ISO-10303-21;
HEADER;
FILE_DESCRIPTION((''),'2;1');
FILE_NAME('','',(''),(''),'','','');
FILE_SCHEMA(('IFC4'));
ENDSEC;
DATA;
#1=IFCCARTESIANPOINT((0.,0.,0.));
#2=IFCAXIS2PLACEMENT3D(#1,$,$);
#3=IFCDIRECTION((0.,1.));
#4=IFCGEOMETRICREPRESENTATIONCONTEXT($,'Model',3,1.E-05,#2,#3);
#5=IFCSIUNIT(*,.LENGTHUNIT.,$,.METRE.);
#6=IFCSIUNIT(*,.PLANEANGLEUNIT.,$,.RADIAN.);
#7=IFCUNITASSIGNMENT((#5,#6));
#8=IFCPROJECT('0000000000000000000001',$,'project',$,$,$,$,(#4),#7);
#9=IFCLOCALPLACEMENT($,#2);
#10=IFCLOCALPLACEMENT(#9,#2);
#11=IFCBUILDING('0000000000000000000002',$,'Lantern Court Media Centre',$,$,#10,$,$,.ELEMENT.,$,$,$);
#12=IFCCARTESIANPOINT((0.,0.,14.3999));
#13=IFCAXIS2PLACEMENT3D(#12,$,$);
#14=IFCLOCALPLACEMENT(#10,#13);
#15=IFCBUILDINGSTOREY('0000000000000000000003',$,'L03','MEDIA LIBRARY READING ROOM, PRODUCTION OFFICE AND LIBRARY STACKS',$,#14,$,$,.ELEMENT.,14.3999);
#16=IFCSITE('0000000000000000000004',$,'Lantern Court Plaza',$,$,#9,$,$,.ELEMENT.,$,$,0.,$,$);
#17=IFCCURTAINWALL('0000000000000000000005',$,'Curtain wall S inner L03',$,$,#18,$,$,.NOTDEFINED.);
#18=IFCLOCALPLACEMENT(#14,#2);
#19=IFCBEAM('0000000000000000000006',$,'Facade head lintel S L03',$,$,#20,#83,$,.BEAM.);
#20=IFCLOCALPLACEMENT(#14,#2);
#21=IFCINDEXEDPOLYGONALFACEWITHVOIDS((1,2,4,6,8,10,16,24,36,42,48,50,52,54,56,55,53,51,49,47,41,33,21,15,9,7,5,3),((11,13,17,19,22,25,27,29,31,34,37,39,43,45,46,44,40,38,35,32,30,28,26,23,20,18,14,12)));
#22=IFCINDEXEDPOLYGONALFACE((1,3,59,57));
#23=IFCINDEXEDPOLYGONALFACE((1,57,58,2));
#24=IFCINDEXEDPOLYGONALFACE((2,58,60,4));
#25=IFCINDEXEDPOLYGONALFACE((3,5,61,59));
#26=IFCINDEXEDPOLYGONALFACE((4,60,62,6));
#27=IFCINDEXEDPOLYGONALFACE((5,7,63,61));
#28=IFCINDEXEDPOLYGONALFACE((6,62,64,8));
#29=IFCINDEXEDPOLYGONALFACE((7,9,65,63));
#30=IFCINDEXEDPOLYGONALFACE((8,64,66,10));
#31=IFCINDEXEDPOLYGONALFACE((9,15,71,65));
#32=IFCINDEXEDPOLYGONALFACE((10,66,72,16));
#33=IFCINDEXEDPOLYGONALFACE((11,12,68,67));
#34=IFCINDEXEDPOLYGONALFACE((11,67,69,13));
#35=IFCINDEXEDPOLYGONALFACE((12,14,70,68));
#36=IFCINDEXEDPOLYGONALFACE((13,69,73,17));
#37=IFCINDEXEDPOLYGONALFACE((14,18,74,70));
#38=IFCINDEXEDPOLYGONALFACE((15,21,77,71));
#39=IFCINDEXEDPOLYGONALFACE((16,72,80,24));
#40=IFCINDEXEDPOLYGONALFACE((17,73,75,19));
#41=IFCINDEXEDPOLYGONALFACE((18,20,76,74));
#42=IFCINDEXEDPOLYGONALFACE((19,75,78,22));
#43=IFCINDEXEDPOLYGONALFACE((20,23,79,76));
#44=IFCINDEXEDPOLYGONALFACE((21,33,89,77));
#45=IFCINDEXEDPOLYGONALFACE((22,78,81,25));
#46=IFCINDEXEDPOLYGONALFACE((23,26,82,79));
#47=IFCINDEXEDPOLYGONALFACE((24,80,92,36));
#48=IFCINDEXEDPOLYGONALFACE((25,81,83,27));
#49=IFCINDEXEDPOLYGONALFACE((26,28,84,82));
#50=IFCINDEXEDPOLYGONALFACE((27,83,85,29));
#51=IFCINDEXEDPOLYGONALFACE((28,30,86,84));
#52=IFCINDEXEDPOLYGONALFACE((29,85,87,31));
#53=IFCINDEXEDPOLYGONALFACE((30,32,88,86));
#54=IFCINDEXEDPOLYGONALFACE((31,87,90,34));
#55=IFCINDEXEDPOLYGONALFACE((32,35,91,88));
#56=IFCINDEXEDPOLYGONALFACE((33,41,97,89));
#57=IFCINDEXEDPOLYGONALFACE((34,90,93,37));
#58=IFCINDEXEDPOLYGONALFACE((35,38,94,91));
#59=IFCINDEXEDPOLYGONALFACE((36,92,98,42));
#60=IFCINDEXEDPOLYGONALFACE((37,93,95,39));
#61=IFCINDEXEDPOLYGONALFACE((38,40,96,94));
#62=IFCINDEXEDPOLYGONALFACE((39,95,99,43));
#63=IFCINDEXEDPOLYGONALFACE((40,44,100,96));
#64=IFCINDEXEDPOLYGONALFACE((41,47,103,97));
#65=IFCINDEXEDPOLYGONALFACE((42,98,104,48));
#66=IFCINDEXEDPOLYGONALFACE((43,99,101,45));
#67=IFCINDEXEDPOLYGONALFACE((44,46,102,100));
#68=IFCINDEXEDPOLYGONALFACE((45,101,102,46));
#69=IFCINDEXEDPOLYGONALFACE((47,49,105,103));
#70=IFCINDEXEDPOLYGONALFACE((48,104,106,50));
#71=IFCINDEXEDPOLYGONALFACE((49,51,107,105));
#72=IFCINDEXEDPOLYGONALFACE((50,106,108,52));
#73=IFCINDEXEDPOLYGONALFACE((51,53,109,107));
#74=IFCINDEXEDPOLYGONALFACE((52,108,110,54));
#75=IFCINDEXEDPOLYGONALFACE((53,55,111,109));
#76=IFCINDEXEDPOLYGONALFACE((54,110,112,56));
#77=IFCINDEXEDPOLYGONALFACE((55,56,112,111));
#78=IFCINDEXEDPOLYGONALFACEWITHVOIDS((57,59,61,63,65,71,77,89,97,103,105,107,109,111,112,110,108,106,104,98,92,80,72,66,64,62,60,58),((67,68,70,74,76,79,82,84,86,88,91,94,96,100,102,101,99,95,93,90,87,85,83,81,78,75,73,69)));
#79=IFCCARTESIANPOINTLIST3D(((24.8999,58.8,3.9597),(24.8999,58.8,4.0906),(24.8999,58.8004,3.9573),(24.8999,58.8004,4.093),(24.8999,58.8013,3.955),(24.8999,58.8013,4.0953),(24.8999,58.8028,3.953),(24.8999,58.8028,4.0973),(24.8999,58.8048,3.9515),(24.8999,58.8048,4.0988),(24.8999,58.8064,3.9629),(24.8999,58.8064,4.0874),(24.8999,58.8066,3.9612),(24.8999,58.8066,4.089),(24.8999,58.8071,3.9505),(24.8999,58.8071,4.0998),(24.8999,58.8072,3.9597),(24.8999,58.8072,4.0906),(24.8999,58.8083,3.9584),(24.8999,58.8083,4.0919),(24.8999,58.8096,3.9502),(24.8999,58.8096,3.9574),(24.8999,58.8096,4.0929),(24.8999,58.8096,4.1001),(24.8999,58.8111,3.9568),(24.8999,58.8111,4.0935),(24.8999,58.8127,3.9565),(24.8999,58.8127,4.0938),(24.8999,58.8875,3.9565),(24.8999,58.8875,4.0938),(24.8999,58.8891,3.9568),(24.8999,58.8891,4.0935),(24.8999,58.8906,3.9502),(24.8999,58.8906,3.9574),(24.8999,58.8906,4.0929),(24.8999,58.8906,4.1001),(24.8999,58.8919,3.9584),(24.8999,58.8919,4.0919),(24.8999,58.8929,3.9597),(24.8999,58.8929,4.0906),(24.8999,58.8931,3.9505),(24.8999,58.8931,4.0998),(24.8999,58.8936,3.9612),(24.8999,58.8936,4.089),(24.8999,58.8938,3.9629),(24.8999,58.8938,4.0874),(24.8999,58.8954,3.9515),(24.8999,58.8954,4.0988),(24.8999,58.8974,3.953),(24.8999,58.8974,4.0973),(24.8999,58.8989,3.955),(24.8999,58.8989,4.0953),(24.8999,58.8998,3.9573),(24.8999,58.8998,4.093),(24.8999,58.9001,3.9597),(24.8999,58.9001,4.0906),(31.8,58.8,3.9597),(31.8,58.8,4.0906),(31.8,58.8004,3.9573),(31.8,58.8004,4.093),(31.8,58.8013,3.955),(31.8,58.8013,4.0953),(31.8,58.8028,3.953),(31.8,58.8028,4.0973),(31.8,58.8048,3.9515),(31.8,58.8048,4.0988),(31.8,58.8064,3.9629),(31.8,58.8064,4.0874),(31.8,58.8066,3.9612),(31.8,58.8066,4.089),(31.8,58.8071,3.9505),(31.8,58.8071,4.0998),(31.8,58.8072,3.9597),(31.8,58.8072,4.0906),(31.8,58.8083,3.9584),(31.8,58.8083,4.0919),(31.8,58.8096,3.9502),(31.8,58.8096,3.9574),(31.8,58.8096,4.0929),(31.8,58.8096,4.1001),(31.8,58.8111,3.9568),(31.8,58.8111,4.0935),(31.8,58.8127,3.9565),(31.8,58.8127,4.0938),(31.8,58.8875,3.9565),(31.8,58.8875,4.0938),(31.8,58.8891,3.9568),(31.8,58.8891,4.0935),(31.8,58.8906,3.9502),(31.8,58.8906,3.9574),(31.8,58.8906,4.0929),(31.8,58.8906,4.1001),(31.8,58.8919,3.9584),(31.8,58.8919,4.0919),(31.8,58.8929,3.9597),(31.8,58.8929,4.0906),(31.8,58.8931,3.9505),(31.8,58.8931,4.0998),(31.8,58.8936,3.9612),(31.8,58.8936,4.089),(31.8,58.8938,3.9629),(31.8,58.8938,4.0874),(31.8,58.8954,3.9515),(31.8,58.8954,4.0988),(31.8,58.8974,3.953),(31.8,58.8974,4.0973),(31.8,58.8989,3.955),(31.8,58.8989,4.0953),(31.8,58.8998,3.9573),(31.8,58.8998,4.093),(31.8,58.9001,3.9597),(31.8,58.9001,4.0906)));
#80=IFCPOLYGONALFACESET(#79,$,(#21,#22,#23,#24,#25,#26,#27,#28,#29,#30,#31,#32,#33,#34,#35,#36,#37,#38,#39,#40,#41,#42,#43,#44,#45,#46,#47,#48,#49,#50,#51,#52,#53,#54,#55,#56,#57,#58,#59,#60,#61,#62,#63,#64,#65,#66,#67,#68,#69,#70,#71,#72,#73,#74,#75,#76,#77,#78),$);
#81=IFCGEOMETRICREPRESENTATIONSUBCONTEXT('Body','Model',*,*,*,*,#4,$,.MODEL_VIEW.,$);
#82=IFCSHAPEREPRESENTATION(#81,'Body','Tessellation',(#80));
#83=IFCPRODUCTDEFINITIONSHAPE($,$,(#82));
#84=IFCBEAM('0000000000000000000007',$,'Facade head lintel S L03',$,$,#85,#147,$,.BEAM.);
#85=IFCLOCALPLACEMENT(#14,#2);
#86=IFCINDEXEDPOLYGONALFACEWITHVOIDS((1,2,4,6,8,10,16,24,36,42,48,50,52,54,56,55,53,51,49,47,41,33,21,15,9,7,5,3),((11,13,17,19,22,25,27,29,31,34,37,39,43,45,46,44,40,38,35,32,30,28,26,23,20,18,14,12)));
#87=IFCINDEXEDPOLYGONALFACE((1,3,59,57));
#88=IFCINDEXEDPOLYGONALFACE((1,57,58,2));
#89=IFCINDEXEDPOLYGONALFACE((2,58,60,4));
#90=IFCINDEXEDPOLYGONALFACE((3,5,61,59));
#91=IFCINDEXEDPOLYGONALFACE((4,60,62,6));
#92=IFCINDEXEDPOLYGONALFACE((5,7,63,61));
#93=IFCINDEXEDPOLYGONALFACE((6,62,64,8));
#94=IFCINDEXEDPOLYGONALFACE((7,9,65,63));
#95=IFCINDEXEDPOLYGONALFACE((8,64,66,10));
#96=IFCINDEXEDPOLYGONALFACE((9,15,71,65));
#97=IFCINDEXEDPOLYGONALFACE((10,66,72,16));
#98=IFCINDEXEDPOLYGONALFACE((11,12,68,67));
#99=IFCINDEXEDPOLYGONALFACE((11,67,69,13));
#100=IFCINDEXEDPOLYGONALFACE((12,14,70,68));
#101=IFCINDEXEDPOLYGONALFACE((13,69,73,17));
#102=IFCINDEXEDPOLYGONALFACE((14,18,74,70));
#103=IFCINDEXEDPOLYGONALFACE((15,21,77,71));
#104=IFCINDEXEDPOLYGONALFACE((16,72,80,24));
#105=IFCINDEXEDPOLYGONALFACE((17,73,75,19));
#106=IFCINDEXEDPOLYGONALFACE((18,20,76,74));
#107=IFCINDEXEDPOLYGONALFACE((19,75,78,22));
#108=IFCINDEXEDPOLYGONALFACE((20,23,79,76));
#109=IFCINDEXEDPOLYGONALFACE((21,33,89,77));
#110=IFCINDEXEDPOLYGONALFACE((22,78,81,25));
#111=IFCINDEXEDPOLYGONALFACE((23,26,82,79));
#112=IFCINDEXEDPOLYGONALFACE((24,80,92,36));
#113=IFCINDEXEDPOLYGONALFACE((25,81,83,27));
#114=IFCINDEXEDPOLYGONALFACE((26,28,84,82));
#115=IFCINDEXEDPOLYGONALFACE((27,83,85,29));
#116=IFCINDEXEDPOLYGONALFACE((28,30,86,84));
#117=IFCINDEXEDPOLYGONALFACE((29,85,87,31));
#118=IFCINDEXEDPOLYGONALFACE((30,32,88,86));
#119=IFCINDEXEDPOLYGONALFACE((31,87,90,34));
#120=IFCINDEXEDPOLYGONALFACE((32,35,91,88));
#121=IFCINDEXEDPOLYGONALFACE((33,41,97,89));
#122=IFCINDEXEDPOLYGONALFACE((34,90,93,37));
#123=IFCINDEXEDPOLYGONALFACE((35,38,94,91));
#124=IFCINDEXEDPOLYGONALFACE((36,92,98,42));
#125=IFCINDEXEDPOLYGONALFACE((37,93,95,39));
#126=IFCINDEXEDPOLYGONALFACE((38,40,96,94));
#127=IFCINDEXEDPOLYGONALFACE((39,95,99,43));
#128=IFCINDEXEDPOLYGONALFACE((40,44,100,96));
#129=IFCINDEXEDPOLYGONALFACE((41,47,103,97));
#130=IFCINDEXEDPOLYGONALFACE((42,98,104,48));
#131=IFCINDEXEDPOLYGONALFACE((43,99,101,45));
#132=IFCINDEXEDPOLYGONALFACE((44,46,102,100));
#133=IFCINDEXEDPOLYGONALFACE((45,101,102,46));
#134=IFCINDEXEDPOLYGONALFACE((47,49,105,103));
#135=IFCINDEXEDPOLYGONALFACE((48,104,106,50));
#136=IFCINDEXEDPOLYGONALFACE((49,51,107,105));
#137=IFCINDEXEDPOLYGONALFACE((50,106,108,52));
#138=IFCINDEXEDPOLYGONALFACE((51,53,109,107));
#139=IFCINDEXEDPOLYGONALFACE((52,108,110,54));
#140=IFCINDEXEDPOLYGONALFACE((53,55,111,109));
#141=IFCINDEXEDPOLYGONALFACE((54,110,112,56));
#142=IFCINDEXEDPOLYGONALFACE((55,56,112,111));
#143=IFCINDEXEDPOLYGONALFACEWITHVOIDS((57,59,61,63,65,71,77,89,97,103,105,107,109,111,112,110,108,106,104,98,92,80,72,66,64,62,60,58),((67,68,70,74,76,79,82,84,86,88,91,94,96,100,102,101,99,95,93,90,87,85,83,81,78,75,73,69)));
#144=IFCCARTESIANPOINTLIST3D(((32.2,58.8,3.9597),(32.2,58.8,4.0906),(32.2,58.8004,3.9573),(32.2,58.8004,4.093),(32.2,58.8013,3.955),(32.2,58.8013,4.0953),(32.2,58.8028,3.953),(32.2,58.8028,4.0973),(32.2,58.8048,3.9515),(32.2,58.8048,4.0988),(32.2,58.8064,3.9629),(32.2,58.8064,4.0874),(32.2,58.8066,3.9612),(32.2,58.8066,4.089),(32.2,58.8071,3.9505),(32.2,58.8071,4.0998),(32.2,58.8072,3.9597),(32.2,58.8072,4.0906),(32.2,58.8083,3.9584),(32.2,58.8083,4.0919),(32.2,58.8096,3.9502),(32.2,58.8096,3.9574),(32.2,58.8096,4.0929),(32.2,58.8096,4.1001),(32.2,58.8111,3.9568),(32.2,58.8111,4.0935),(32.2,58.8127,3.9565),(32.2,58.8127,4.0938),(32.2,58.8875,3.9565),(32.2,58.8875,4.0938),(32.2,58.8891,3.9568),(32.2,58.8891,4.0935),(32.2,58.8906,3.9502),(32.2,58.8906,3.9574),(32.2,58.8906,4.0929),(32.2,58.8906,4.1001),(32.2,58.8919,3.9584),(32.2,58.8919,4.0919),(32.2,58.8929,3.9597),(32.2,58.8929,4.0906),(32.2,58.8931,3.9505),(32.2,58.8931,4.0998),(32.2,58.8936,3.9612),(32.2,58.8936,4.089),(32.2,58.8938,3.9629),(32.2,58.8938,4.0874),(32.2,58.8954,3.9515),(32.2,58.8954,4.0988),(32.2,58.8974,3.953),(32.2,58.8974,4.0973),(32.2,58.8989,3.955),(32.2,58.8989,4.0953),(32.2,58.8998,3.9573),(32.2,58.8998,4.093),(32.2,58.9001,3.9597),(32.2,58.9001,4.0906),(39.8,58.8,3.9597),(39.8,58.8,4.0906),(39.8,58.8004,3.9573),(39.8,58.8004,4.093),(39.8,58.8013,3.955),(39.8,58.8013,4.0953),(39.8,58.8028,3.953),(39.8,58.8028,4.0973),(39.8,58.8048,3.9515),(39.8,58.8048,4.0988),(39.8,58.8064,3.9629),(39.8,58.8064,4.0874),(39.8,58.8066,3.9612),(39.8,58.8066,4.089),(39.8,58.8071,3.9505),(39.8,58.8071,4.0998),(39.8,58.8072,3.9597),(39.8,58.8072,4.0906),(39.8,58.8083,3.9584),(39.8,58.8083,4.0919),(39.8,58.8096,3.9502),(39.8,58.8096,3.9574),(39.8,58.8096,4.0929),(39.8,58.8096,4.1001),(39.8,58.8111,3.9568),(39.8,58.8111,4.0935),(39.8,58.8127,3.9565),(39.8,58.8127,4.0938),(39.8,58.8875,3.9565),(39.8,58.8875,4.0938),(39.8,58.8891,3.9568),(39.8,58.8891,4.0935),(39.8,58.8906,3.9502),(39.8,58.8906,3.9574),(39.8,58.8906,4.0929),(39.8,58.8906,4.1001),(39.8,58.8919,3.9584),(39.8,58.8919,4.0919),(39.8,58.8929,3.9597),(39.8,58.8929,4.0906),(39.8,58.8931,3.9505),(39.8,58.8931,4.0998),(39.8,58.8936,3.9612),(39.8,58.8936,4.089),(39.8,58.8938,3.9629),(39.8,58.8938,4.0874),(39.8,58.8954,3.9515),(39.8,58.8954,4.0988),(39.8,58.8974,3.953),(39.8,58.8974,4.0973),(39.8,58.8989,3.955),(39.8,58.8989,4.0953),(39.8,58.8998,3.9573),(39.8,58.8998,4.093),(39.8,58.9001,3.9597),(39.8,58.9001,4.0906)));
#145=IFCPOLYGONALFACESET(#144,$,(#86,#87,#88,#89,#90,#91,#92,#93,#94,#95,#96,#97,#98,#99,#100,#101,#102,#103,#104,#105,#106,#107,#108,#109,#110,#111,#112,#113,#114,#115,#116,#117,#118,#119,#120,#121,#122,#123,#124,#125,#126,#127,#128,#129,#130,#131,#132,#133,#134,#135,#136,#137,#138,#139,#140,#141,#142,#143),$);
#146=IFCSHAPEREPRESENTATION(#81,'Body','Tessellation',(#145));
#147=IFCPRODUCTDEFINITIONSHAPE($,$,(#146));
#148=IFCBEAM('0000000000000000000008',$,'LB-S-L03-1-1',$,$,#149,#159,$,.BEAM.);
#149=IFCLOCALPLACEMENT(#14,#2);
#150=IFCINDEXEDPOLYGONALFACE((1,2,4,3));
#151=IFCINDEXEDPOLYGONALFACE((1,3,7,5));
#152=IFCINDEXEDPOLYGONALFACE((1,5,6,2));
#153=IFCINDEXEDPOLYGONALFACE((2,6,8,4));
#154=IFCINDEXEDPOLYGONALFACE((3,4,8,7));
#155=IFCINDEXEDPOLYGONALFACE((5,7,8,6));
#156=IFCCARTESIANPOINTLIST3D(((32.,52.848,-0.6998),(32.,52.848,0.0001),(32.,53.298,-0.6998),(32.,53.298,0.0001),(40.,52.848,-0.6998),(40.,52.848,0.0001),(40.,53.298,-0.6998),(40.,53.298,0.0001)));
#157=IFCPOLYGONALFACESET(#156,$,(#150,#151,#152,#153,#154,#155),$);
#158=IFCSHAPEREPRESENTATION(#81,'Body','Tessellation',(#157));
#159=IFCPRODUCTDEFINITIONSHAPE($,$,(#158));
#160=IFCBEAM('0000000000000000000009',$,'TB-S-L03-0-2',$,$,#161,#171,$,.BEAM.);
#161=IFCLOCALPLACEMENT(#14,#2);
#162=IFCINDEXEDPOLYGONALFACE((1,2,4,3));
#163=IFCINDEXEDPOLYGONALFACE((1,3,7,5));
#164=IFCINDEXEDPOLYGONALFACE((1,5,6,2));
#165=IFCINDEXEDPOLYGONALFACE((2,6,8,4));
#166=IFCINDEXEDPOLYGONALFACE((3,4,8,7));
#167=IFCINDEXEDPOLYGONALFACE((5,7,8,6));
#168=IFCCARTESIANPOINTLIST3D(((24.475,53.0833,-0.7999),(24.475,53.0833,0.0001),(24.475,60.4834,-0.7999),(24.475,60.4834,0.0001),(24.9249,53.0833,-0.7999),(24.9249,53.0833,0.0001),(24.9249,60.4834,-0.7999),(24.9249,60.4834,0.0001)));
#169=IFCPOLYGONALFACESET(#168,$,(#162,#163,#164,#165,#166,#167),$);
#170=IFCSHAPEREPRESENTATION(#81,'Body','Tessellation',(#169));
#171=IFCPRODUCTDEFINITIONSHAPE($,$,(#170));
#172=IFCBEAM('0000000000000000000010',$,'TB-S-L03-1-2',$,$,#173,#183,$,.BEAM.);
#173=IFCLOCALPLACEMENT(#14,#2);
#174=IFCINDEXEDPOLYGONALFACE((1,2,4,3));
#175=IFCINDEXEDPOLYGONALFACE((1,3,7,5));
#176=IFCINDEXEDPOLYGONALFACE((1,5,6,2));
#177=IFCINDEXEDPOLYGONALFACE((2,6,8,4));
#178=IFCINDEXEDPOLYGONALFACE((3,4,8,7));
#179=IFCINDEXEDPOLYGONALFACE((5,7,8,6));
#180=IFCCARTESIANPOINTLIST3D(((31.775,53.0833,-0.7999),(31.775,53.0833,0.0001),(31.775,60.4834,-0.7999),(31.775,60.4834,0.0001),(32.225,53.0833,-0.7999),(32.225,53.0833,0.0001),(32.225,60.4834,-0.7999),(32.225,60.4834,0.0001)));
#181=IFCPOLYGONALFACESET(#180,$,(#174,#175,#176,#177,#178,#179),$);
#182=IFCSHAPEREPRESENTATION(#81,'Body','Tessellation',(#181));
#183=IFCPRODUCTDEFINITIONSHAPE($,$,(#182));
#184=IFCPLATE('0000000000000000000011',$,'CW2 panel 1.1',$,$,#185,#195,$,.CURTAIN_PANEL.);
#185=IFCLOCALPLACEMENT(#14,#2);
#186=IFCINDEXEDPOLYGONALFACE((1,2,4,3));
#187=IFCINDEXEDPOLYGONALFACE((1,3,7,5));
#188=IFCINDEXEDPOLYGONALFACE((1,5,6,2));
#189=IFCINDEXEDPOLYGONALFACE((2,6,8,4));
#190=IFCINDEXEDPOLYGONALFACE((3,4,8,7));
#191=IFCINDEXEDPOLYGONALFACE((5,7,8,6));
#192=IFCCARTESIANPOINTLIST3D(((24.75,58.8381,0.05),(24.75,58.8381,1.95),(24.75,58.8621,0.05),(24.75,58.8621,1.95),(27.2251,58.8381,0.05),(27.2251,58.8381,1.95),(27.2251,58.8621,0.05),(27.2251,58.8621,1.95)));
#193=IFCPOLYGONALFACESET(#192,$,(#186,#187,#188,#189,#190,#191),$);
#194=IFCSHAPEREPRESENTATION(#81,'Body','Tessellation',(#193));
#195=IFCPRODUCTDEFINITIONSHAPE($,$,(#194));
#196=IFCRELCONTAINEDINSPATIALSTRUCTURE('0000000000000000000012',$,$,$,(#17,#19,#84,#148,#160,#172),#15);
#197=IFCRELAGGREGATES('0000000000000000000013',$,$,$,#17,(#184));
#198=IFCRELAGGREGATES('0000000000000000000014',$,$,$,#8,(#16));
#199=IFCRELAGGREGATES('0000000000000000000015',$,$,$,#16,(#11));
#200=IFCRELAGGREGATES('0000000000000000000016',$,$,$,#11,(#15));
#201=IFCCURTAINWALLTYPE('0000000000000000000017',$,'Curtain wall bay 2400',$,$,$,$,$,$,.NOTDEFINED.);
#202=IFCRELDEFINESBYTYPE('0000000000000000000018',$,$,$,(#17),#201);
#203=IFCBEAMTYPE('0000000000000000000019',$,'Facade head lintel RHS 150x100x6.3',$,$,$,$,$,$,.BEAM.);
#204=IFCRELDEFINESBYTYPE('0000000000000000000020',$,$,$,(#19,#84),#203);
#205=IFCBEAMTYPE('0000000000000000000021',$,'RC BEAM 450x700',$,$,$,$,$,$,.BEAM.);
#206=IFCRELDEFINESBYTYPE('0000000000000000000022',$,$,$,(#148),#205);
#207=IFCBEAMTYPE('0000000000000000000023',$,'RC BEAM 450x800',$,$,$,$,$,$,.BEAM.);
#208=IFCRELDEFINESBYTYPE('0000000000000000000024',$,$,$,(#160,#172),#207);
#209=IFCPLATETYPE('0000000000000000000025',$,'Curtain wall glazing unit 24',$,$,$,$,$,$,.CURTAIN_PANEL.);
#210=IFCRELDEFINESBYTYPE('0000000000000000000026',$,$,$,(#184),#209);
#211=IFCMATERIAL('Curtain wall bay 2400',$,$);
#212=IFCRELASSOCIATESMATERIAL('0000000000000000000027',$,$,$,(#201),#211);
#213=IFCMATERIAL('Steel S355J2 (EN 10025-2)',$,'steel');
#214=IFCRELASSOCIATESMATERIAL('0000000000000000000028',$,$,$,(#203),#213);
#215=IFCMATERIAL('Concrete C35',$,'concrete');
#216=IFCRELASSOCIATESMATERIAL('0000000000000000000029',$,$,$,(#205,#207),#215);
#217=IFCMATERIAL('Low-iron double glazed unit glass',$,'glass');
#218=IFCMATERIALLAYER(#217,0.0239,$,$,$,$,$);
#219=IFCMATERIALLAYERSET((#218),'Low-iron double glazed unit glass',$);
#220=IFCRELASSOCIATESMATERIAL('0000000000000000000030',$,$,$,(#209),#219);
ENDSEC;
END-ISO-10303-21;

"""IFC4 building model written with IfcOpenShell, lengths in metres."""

from ifc_helpers import new_model, si_unit, direction, frame, origin, origin_2d, place, context, subcontext, project, spatial, rectangle, hollow_rectangle, extrude, material, layer, layer_set, material_profile, profile_set, type_object, element, aggregate, save


model = new_model("IFC4")

# Units and contexts
model_context = context("Model", 3, precision=1e-05, world=origin(), true_north=direction((0.0, 1.0)))
body_context = subcontext(model_context, "Body", "Model", "MODEL_VIEW")
ifc_project = project(units=[si_unit("LENGTHUNIT", "METRE"), si_unit("PLANEANGLEUNIT", "RADIAN")], contexts=[model_context])

# Site, building, storey
site_placement = place(None, origin())
site = spatial("IfcSite", under=ifc_project, at=site_placement, Name="Lantern Court Plaza", CompositionType="ELEMENT", RefElevation=0.0)
building_placement = place(site_placement, origin())
building = spatial("IfcBuilding", under=site, at=building_placement, Name="Lantern Court Media Centre", CompositionType="ELEMENT")
storey_placement = place(building_placement, frame((0.0, 0.0, 14.3999)))
storey = spatial("IfcBuildingStorey", under=building, at=storey_placement, Name="L03", Description="MEDIA LIBRARY READING ROOM, PRODUCTION OFFICE AND LIBRARY STACKS", CompositionType="ELEMENT", Elevation=14.3999)

# Curtain wall
ifc_material_1 = material(Name="Curtain wall bay 2400")
curtain_wall_type = type_object("IfcCurtainWallType", Name="Curtain wall bay 2400", PredefinedType="NOTDEFINED", material=ifc_material_1)
curtain_wall_placement = place(storey_placement, origin())
curtain_wall = element("IfcCurtainWall", 1, at=curtain_wall_placement, inside=storey, type_object=curtain_wall_type, Name="Curtain wall S inner L03", PredefinedType="NOTDEFINED")

# Beams
ifc_material_2 = material(Name="Steel S355J2 (EN 10025-2)", Category="steel")
ifc_material_profile_1 = material_profile(ifc_material_2, hollow_rectangle(XDim=0.1001, YDim=0.1499, WallThickness=0.0063, InnerFilletRadius=0.0063, OuterFilletRadius=0.0095, at=origin_2d()), Name="Facade head lintel RHS 150x100x6.3")
ifc_profile_set_1 = profile_set([ifc_material_profile_1], Name="Steel S355J2 (EN 10025-2)")
beam_type_1 = type_object("IfcBeamType", Name="Facade head lintel RHS 150x100x6.3", PredefinedType="BEAM", material=ifc_profile_set_1)
beam_1_placement = place(storey_placement, frame((24.8999, 58.8501, 4.0251), z_axis=(1.0, 0.0, 0.0), x_axis=(0.0, 1.0, 0.0)))
element("IfcBeam", 2, at=beam_1_placement, inside=storey, type_object=beam_type_1, Name="Facade head lintel S L03", PredefinedType="BEAM", context=body_context, shape_type="SweptSolid", body=[
    extrude(hollow_rectangle(XDim=0.1001, YDim=0.1499, WallThickness=0.0063, InnerFilletRadius=0.0063, OuterFilletRadius=0.0095, at=origin_2d()), origin(), (0.0, 0.0, 1.0), 6.9001),
])
beam_2_placement = place(storey_placement, frame((32.2, 58.8501, 4.0251), z_axis=(1.0, 0.0, 0.0), x_axis=(0.0, 1.0, 0.0)))
element("IfcBeam", 3, at=beam_2_placement, inside=storey, type_object=beam_type_1, Name="Facade head lintel S L03", PredefinedType="BEAM", context=body_context, shape_type="SweptSolid", body=[
    extrude(hollow_rectangle(XDim=0.1001, YDim=0.1499, WallThickness=0.0063, InnerFilletRadius=0.0063, OuterFilletRadius=0.0095, at=origin_2d()), origin(), (0.0, 0.0, 1.0), 7.6001),
])
ifc_material_3 = material(Name="Concrete C35", Category="concrete")
ifc_material_profile_2 = material_profile(ifc_material_3, rectangle(XDim=0.45, YDim=0.7, at=origin_2d()), Name="RC 450x700")
ifc_profile_set_2 = profile_set([ifc_material_profile_2], Name="Concrete C35")
beam_type_2 = type_object("IfcBeamType", Name="RC BEAM 450x700", PredefinedType="BEAM", material=ifc_profile_set_2)
beam_3_placement = place(storey_placement, frame((32.0, 53.073, -0.3499), z_axis=(1.0, 0.0, 0.0), x_axis=(0.0, 1.0, 0.0)))
element("IfcBeam", 4, at=beam_3_placement, inside=storey, type_object=beam_type_2, Name="LB-S-L03-1-1", PredefinedType="BEAM", context=body_context, shape_type="SweptSolid", body=[
    extrude(rectangle(XDim=0.45, YDim=0.7, at=origin_2d()), origin(), (0.0, 0.0, 1.0), 8.0),
])
ifc_material_profile_3 = material_profile(ifc_material_3, rectangle(XDim=0.45, YDim=0.8, at=origin_2d()), Name="RC 450x800")
ifc_profile_set_3 = profile_set([ifc_material_profile_3], Name="Concrete C35")
beam_type_3 = type_object("IfcBeamType", Name="RC BEAM 450x800", PredefinedType="BEAM", material=ifc_profile_set_3)
for number, where, z_axis, x_axis, name in (
    (5, (24.7, 53.0833, -0.3999), (0.0, 1.0, 0.0), (-1.0, 0.0, 0.0), "TB-S-L03-0-2"),
    (6, (32.0, 53.0833, -0.3999), (0.0, 1.0, 0.0), (-1.0, 0.0, 0.0), "TB-S-L03-1-2"),
):
    element("IfcBeam", number, at=place(storey_placement, frame(where, z_axis=z_axis, x_axis=x_axis)), inside=storey, type_object=beam_type_3, Name=name, PredefinedType="BEAM", context=body_context, shape_type="SweptSolid", body=[
        extrude(rectangle(XDim=0.45, YDim=0.8, at=origin_2d()), origin(), (0.0, 0.0, 1.0), 7.4001),
    ])

# Plate
ifc_material_4 = material(Name="Low-iron double glazed unit glass", Category="glass")
ifc_layer_1 = layer(ifc_material_4, 0.0239)
ifc_layer_set_1 = layer_set([ifc_layer_1], Name="Low-iron double glazed unit glass")
plate_type = type_object("IfcPlateType", Name="Curtain wall glazing unit 24", PredefinedType="CURTAIN_PANEL", material=ifc_layer_set_1)
plate_1_placement = place(storey_placement, frame((25.9875, 58.8501, 0.05), z_axis=(0.0, 0.0, 1.0), x_axis=(1.0, 0.0, 0.0)))
plate_1 = element("IfcPlate", 7, at=plate_1_placement, type_object=plate_type, Name="CW2 panel 1.1", PredefinedType="CURTAIN_PANEL", context=body_context, shape_type="SweptSolid", body=[
    extrude(rectangle(XDim=2.4751, YDim=0.0239, at=origin_2d()), origin(), (0.0, 0.0, 1.0), 1.8999),
])
aggregate(curtain_wall, [plate_1])

save(model, "model.ifc")
